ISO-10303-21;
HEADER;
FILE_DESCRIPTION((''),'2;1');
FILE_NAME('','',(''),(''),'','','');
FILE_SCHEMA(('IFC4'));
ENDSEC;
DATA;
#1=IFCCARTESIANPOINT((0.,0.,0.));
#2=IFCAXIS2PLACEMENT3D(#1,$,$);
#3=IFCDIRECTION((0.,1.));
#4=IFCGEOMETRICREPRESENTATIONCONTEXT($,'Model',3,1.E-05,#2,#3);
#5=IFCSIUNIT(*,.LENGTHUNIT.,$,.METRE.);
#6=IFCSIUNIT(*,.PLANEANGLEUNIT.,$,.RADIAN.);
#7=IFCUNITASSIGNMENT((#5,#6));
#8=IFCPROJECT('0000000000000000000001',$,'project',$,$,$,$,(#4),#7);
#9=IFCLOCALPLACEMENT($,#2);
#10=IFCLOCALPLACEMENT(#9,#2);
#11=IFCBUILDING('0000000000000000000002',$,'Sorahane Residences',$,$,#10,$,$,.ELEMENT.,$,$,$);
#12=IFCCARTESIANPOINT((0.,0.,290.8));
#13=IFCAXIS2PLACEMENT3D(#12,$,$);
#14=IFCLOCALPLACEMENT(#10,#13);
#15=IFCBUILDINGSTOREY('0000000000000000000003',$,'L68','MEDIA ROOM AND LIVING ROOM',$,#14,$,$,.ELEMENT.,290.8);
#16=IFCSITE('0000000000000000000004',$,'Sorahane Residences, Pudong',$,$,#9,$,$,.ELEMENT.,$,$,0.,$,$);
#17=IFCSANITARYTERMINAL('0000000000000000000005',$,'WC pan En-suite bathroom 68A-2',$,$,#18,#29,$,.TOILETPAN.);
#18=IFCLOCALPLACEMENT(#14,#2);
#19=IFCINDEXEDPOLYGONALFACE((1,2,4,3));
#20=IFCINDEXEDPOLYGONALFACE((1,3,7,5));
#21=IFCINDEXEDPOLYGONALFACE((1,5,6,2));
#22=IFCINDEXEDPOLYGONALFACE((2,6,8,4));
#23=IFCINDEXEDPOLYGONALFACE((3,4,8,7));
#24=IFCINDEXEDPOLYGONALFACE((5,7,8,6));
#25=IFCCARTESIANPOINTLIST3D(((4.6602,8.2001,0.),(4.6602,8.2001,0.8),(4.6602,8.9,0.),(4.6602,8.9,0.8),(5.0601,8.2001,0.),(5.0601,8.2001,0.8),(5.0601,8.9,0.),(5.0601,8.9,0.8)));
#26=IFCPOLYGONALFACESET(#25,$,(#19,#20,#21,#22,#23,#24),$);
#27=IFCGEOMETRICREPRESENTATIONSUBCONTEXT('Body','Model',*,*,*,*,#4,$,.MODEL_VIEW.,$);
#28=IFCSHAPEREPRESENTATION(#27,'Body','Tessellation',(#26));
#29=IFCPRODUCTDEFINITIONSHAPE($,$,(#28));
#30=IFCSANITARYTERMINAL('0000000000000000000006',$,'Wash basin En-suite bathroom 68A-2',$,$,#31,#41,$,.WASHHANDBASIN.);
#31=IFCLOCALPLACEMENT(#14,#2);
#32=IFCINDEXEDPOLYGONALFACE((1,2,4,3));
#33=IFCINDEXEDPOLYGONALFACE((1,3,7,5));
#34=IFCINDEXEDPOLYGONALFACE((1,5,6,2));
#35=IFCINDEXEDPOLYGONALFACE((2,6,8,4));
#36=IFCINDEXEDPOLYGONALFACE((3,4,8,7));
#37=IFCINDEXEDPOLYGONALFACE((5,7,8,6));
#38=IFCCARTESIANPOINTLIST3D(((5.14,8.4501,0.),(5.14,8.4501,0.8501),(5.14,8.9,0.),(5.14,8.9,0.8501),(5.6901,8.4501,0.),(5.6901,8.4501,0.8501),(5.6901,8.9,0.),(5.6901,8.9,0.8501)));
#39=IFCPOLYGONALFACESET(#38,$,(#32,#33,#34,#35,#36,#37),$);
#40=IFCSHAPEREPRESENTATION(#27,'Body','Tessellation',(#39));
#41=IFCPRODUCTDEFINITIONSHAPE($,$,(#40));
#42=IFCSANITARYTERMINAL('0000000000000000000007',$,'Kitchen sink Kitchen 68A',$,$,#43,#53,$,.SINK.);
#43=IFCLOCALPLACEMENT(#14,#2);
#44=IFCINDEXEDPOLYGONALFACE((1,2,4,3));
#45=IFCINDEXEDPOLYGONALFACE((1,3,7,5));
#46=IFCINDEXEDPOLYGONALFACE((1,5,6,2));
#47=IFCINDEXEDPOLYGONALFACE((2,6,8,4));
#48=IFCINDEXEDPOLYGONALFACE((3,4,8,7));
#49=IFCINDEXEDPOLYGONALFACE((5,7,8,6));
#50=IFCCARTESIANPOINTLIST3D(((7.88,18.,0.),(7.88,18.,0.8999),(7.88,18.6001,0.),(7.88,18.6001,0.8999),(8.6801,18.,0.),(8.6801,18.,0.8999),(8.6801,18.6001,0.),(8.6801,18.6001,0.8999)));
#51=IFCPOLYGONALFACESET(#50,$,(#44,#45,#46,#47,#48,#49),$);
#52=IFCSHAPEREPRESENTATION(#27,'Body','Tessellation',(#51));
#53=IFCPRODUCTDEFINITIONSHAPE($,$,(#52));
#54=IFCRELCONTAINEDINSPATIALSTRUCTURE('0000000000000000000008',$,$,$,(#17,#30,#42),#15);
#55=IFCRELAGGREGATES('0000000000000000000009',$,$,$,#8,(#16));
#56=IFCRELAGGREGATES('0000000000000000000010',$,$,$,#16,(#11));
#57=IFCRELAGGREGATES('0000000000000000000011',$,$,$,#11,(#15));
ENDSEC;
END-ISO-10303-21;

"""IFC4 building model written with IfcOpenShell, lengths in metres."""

from ifc_helpers import new_model, si_unit, direction, frame, origin, origin_2d, place, context, subcontext, project, spatial, rectangle, extrude, element, save


model = new_model("IFC4")

# Units and contexts
model_context = context("Model", 3, precision=1e-05, world=origin(), true_north=direction((0.0, 1.0)))
body_context = subcontext(model_context, "Body", "Model", "MODEL_VIEW")
ifc_project = project(units=[si_unit("LENGTHUNIT", "METRE"), si_unit("PLANEANGLEUNIT", "RADIAN")], contexts=[model_context])

# Site, building, storey
site_placement = place(None, origin())
site = spatial("IfcSite", under=ifc_project, at=site_placement, Name="Sorahane Residences, Pudong", CompositionType="ELEMENT", RefElevation=0.0)
building_placement = place(site_placement, origin())
building = spatial("IfcBuilding", under=site, at=building_placement, Name="Sorahane Residences", CompositionType="ELEMENT")
storey_placement = place(building_placement, frame((0.0, 0.0, 290.8)))
storey = spatial("IfcBuildingStorey", under=building, at=storey_placement, Name="L68", Description="MEDIA ROOM AND LIVING ROOM", CompositionType="ELEMENT", Elevation=290.8)

# Sanitary terminals
sanitary_terminal_1_placement = place(storey_placement, frame((4.8601, 8.55, 0.0), z_axis=(0.0, 0.0, 1.0), x_axis=(1.0, 0.0, 0.0)))
element("IfcSanitaryTerminal", 1, at=sanitary_terminal_1_placement, inside=storey, Name="WC pan En-suite bathroom 68A-2", PredefinedType="TOILETPAN", context=body_context, shape_type="SweptSolid", body=[
    extrude(rectangle(XDim=0.3999, YDim=0.7, at=origin_2d()), origin(), (0.0, 0.0, 1.0), 0.8),
])
sanitary_terminal_2_placement = place(storey_placement, frame((5.415, 8.675, 0.0), z_axis=(0.0, 0.0, 1.0), x_axis=(1.0, 0.0, 0.0)))
element("IfcSanitaryTerminal", 2, at=sanitary_terminal_2_placement, inside=storey, Name="Wash basin En-suite bathroom 68A-2", PredefinedType="WASHHANDBASIN", context=body_context, shape_type="SweptSolid", body=[
    extrude(rectangle(XDim=0.55, YDim=0.45, at=origin_2d()), origin(), (0.0, 0.0, 1.0), 0.8501),
])
sanitary_terminal_3_placement = place(storey_placement, frame((8.28, 18.3, 0.0), z_axis=(0.0, 0.0, 1.0), x_axis=(1.0, 0.0, 0.0)))
element("IfcSanitaryTerminal", 3, at=sanitary_terminal_3_placement, inside=storey, Name="Kitchen sink Kitchen 68A", PredefinedType="SINK", context=body_context, shape_type="SweptSolid", body=[
    extrude(rectangle(XDim=0.8, YDim=0.6001, at=origin_2d()), origin(), (0.0, 0.0, 1.0), 0.8999),
])

save(model, "model.ifc")
